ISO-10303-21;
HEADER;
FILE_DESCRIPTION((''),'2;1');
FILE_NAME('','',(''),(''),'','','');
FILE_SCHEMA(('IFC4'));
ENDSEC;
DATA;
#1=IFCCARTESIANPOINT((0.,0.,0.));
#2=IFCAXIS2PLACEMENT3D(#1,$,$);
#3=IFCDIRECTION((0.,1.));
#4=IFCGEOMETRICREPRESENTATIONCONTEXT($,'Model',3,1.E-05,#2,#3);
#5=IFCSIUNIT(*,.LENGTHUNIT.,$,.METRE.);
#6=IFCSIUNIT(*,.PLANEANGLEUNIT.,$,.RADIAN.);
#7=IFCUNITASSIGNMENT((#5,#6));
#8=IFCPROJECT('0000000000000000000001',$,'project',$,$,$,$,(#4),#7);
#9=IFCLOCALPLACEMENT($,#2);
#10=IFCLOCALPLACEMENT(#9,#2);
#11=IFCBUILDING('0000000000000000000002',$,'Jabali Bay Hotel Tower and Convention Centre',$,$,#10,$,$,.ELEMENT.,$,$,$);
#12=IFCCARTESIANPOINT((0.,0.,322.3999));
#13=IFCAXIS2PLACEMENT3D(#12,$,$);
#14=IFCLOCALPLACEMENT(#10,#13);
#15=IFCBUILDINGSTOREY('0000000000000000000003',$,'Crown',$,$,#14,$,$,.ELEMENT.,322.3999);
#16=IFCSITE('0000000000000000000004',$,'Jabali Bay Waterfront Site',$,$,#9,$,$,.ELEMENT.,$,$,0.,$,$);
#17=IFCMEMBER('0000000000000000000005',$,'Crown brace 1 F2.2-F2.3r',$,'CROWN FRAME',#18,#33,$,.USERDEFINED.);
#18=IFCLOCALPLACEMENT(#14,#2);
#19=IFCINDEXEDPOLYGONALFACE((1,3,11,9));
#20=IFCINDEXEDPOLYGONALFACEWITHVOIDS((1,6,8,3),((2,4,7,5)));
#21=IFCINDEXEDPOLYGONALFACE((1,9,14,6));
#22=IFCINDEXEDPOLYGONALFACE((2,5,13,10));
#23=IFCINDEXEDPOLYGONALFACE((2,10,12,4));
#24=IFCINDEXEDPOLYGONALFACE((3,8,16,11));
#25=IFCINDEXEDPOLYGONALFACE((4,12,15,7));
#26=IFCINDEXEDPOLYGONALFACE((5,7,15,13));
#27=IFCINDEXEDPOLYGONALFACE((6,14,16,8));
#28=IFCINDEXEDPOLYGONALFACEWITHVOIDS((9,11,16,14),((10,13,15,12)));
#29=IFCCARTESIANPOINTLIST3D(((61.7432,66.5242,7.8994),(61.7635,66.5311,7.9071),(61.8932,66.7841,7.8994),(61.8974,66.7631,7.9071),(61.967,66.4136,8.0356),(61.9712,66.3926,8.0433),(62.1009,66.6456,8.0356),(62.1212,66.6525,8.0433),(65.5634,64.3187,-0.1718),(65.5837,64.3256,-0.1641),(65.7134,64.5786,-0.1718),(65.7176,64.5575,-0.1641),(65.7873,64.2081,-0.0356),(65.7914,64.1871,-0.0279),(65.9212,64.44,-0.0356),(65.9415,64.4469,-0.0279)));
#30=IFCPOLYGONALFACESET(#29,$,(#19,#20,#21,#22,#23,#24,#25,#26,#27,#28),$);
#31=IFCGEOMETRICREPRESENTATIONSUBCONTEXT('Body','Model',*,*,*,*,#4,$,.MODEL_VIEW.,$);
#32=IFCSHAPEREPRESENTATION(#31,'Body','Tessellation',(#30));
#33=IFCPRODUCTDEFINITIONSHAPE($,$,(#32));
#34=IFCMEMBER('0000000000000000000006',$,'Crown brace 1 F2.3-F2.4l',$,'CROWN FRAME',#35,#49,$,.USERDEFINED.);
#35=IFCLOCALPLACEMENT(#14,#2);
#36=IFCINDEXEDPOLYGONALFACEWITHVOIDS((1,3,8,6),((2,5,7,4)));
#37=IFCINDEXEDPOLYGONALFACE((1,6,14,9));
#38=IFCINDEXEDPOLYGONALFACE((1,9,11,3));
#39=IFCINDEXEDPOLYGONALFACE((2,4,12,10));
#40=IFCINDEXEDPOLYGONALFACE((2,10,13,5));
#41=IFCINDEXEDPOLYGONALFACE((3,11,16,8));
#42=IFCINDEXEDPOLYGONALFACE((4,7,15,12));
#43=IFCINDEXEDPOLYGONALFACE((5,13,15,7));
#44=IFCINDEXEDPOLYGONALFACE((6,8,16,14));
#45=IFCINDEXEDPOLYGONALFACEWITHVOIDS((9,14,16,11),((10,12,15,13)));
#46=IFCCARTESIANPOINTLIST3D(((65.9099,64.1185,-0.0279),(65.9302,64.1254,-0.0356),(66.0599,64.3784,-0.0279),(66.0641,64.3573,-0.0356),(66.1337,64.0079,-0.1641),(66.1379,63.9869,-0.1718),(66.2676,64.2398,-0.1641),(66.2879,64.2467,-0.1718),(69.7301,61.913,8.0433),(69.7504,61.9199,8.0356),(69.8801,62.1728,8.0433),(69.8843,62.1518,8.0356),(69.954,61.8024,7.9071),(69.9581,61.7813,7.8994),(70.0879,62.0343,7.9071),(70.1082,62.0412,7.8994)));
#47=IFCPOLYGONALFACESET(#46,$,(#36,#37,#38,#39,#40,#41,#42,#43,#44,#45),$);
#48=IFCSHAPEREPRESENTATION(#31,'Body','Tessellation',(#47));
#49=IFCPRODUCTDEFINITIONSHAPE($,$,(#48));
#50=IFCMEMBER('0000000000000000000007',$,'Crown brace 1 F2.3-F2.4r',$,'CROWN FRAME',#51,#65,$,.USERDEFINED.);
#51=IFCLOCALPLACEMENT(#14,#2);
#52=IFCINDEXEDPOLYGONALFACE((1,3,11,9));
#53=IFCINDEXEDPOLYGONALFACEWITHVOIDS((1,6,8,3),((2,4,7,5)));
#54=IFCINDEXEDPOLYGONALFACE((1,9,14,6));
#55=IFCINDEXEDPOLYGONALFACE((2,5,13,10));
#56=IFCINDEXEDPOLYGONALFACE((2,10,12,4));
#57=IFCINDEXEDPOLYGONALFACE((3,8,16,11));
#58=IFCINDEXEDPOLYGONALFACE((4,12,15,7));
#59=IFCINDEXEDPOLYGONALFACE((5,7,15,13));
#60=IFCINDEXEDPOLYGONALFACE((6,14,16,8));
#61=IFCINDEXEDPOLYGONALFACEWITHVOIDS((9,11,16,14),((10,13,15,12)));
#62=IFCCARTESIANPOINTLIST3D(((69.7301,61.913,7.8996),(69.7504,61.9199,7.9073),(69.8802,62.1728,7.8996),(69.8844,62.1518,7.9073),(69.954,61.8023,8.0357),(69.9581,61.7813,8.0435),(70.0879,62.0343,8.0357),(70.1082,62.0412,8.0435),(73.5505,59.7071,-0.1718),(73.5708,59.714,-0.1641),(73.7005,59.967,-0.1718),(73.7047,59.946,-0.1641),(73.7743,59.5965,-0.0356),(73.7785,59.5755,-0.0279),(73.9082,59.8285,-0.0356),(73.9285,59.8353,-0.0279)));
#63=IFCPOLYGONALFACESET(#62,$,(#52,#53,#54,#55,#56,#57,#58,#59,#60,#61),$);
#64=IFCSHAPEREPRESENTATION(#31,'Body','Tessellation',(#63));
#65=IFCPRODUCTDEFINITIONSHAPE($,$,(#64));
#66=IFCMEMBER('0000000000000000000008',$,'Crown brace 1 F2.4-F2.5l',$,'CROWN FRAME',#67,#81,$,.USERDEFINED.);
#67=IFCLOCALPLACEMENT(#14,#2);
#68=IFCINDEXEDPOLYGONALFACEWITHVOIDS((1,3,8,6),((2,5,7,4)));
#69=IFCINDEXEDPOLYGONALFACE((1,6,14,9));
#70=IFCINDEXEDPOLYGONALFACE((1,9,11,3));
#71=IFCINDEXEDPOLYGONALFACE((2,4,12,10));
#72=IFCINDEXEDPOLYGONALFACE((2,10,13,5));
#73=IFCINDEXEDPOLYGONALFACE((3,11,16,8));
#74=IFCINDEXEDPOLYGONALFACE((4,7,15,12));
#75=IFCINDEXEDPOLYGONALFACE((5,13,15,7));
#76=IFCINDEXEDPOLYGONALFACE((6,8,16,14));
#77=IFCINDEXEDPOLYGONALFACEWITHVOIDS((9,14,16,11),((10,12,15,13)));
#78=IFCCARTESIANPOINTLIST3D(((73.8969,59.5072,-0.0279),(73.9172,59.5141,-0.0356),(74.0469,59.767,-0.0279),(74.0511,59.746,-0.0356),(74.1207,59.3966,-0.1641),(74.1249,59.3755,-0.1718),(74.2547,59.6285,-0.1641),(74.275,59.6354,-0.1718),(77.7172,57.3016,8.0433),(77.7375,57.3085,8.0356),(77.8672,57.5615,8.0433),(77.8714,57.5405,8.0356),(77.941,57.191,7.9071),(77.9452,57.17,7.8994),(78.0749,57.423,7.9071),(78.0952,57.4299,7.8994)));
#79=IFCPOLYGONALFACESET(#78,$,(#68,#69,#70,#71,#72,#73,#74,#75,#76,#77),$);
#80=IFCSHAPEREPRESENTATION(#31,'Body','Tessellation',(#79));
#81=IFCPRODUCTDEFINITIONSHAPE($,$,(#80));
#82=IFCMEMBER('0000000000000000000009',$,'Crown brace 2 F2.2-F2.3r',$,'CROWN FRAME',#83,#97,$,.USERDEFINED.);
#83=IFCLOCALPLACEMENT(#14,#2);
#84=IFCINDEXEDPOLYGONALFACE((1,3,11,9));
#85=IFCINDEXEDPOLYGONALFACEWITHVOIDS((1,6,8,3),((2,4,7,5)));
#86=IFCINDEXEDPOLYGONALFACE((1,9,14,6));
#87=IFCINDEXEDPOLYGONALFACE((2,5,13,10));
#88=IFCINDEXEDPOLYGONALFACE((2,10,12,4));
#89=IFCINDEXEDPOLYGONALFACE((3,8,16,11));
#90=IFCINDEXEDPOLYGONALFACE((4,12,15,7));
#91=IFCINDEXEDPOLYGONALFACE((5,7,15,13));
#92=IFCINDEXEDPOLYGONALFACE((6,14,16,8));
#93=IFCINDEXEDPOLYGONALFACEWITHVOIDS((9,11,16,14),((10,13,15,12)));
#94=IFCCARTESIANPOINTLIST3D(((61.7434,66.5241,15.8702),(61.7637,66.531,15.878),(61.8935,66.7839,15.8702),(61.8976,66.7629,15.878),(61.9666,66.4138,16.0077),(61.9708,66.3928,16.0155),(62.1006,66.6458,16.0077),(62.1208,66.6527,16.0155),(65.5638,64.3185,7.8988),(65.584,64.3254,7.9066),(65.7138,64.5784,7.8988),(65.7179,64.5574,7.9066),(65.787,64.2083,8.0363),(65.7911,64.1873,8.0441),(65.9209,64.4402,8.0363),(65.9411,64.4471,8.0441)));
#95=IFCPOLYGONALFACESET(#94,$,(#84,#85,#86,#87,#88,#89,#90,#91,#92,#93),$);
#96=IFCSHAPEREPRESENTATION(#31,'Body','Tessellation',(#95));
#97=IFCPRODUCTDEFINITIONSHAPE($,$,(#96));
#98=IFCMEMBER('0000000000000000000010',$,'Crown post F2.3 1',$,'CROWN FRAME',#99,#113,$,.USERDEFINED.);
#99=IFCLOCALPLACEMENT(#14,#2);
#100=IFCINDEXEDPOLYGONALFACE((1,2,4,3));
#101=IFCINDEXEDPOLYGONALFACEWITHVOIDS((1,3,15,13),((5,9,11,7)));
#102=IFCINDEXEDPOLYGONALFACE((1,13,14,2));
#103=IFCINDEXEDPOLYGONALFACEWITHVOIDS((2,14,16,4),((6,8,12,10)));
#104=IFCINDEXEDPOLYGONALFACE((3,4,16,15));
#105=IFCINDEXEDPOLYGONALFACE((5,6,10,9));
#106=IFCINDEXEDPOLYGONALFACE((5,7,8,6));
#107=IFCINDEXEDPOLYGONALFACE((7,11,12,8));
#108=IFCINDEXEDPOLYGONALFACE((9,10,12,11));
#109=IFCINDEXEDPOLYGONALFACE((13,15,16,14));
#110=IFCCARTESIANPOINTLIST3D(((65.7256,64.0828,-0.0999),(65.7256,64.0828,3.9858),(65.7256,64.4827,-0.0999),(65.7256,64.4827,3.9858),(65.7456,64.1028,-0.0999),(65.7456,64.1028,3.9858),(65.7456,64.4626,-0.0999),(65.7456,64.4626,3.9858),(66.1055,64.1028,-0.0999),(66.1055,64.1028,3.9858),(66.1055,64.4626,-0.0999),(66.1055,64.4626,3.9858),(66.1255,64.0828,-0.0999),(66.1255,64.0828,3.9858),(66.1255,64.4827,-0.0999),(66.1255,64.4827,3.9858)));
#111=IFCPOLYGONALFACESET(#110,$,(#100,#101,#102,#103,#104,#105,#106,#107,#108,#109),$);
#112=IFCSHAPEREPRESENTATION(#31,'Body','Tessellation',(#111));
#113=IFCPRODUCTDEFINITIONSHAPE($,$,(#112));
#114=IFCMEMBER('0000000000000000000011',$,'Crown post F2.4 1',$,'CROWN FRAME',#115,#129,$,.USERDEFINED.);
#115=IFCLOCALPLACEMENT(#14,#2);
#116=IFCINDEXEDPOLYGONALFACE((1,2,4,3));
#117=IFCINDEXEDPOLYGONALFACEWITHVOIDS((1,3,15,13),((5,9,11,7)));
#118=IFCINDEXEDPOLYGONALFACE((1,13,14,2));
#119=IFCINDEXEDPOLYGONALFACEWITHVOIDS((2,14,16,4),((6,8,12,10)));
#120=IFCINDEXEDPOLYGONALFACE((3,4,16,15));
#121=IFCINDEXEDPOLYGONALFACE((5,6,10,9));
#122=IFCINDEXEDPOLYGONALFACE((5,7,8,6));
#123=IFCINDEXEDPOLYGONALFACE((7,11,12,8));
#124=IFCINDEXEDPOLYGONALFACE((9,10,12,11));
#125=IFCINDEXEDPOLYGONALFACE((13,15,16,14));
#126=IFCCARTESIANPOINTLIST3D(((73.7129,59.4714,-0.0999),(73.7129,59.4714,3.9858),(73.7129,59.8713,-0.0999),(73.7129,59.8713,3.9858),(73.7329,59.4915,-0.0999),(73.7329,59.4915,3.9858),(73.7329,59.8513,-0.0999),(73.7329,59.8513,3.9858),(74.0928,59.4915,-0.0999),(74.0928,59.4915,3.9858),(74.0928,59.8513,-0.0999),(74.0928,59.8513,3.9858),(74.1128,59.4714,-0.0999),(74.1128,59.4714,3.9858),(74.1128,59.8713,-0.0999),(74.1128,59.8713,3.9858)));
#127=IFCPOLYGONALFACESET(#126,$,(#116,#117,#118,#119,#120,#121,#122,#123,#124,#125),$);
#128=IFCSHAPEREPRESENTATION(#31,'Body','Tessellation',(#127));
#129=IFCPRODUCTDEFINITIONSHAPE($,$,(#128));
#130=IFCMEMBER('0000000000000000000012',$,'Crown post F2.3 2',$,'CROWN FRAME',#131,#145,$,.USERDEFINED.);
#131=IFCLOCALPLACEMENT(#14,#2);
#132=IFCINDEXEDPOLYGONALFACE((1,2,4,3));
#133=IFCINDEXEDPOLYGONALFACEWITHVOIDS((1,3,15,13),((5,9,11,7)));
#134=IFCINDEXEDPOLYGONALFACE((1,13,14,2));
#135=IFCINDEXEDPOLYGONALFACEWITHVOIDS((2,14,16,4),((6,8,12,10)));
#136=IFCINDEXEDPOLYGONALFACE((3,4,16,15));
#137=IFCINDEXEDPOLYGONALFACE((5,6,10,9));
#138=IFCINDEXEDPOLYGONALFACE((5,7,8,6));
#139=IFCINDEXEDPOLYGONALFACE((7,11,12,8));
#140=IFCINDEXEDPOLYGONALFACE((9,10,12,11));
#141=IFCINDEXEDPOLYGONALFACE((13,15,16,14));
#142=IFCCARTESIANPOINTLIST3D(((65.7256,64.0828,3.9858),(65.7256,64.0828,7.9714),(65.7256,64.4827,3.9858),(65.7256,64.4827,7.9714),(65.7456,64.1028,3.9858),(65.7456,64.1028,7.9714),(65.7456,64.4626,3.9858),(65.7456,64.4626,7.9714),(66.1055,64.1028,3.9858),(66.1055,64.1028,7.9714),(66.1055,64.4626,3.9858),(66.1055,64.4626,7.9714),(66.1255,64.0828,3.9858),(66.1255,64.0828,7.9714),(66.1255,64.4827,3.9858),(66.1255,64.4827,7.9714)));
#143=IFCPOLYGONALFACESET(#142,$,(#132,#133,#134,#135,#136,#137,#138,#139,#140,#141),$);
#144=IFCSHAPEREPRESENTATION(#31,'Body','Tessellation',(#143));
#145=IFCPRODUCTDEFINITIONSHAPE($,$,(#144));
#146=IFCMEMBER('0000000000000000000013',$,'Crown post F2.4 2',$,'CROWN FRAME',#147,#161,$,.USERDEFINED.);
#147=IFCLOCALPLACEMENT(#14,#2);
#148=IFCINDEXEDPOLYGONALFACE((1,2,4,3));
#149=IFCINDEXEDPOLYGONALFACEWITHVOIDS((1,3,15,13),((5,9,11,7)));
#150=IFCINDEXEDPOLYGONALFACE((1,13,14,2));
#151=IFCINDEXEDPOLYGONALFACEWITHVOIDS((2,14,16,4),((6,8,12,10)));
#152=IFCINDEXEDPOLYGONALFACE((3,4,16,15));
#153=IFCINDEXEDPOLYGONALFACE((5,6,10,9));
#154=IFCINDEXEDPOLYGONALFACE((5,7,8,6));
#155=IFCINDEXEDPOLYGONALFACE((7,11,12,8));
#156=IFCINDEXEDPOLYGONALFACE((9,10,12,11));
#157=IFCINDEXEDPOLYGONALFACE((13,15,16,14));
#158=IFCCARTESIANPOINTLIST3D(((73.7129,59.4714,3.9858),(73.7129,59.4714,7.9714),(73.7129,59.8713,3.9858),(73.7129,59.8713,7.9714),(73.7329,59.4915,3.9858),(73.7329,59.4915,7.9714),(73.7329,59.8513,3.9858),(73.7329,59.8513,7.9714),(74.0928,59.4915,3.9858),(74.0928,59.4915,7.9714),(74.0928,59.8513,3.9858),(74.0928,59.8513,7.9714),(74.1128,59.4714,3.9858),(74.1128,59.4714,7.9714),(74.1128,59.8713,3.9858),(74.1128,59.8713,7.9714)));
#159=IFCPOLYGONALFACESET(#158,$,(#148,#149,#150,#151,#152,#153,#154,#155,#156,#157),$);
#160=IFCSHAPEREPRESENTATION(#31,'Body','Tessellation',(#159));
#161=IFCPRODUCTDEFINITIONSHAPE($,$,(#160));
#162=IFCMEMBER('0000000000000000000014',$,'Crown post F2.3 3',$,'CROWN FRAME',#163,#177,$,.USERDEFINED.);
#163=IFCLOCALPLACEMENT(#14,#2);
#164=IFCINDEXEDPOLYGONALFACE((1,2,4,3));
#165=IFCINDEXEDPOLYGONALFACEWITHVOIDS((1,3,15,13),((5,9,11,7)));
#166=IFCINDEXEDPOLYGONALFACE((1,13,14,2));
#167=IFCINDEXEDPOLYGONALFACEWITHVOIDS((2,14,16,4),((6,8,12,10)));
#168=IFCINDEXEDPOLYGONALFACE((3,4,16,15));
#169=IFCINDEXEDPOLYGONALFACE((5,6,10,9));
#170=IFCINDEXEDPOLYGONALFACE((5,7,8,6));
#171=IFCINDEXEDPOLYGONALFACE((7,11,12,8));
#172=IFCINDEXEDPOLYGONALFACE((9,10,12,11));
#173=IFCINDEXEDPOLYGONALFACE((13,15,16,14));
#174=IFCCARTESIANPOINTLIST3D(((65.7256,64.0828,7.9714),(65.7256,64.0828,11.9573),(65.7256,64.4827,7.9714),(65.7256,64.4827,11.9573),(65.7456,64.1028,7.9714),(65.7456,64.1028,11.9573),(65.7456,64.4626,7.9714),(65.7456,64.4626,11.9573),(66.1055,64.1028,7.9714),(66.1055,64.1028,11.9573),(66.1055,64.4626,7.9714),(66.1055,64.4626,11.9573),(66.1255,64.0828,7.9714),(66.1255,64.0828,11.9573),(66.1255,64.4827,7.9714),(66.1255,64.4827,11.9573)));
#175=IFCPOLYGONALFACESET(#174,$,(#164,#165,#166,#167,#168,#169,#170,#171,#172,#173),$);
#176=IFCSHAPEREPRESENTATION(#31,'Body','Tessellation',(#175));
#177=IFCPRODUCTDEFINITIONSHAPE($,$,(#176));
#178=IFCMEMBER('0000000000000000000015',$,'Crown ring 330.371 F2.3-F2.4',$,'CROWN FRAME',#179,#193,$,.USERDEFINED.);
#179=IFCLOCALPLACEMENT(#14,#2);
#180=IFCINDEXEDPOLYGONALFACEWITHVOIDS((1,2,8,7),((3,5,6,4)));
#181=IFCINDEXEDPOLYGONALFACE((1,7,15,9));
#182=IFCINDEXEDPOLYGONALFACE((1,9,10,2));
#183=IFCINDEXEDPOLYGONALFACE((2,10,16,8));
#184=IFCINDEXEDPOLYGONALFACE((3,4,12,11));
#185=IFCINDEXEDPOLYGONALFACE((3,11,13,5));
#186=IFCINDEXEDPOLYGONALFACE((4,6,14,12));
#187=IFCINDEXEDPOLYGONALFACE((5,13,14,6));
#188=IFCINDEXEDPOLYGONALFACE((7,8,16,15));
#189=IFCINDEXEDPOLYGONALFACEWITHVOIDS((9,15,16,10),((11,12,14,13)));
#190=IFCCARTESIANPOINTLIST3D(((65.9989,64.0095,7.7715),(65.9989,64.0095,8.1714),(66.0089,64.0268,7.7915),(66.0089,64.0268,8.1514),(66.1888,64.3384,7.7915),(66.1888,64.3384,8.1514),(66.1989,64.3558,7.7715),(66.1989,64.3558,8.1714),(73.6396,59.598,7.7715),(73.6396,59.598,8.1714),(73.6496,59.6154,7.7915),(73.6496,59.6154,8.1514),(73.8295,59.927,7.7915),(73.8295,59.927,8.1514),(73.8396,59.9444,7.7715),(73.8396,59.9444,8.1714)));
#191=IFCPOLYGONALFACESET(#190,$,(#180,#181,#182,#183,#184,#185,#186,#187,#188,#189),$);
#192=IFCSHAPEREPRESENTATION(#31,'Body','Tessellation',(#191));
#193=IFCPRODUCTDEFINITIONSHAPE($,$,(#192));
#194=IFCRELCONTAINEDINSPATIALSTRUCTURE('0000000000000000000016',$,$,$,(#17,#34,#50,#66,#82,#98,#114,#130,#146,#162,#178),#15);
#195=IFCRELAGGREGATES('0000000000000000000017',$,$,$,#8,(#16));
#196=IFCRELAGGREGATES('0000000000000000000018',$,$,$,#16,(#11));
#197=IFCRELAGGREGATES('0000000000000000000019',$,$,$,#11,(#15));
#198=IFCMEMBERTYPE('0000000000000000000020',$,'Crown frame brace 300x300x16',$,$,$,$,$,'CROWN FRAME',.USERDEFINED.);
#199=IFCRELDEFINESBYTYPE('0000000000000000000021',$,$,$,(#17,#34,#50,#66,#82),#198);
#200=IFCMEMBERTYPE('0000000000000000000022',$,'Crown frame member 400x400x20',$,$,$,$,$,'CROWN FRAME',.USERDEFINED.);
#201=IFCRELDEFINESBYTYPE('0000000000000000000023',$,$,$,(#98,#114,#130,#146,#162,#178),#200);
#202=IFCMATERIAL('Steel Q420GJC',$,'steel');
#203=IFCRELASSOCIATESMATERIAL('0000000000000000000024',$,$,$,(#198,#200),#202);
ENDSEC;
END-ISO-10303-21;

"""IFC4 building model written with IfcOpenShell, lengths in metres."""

from ifc_helpers import new_model, si_unit, direction, frame, origin, origin_2d, place, context, subcontext, project, spatial, hollow_rectangle, extrude, material, material_profile, profile_set, type_object, element, save


model = new_model("IFC4")

# Units and contexts
model_context = context("Model", 3, precision=1e-05, world=origin(), true_north=direction((0.0, 1.0)))
body_context = subcontext(model_context, "Body", "Model", "MODEL_VIEW")
ifc_project = project(units=[si_unit("LENGTHUNIT", "METRE"), si_unit("PLANEANGLEUNIT", "RADIAN")], contexts=[model_context])

# Site, building, storey
site_placement = place(None, origin())
site = spatial("IfcSite", under=ifc_project, at=site_placement, Name="Jabali Bay Waterfront Site", CompositionType="ELEMENT", RefElevation=0.0)
building_placement = place(site_placement, origin())
building = spatial("IfcBuilding", under=site, at=building_placement, Name="Jabali Bay Hotel Tower and Convention Centre", CompositionType="ELEMENT")
storey_placement = place(building_placement, frame((0.0, 0.0, 322.3999)))
storey = spatial("IfcBuildingStorey", under=building, at=storey_placement, Name="Crown", CompositionType="ELEMENT", Elevation=322.3999)

# Members
ifc_material_1 = material(Name="Steel Q420GJC", Category="steel")
ifc_material_profile_1 = material_profile(ifc_material_1, hollow_rectangle(XDim=0.3, YDim=0.3, WallThickness=0.0161, at=origin_2d()), Name="Crown frame brace 300x300x16")
ifc_profile_set_1 = profile_set([ifc_material_profile_1], Name="Steel Q420GJC")
member_type_1 = type_object("IfcMemberType", Name="Crown frame brace 300x300x16", ElementType="CROWN FRAME", PredefinedType="USERDEFINED", material=ifc_profile_set_1)
for number, where, z_axis, x_axis, name in (
    (1, (65.7524, 64.3828, -0.0999), (-0.415337, 0.239785, 0.877495), (-0.499984, -0.866034, 0.0), "Crown brace 1 F2.2-F2.3r"),
    (2, (66.0989, 64.1826, -0.0999), (0.415337, -0.239785, 0.877495), (0.499984, 0.866034, 0.0), "Crown brace 1 F2.3-F2.4l"),
):
    element("IfcMember", number, at=place(storey_placement, frame(where, z_axis=z_axis, x_axis=x_axis)), inside=storey, type_object=member_type_1, Name=name, ObjectType="CROWN FRAME", PredefinedType="USERDEFINED", context=body_context, shape_type="SweptSolid", body=[
        extrude(hollow_rectangle(XDim=0.3, YDim=0.3, WallThickness=0.0161, at=origin_2d()), origin(), (0.0, 0.0, 1.0), 9.198),
    ])
member_1_placement = place(storey_placement, frame((73.7395, 59.7712, -0.0999), z_axis=(-0.415335, 0.23981, 0.87749), x_axis=(-0.500026, -0.86601, 0.0)))
element("IfcMember", 3, at=member_1_placement, inside=storey, type_object=member_type_1, Name="Crown brace 1 F2.3-F2.4r", ObjectType="CROWN FRAME", PredefinedType="USERDEFINED", context=body_context, shape_type="SweptSolid", body=[
    extrude(hollow_rectangle(XDim=0.3, YDim=0.3, WallThickness=0.0161, at=origin_2d()), origin(), (0.0, 0.0, 1.0), 9.1982),
])
member_2_placement = place(storey_placement, frame((74.0859, 59.5713, -0.0999), z_axis=(0.415337, -0.239785, 0.877495), x_axis=(0.499984, 0.866034, 0.0)))
element("IfcMember", 4, at=member_2_placement, inside=storey, type_object=member_type_1, Name="Crown brace 1 F2.4-F2.5l", ObjectType="CROWN FRAME", PredefinedType="USERDEFINED", context=body_context, shape_type="SweptSolid", body=[
    extrude(hollow_rectangle(XDim=0.3, YDim=0.3, WallThickness=0.0161, at=origin_2d()), origin(), (0.0, 0.0, 1.0), 9.198),
])
member_3_placement = place(storey_placement, frame((65.7524, 64.3828, 7.9714), z_axis=(-0.419326, 0.242088, 0.874962), x_axis=(-0.499984, -0.866034, 0.0)))
element("IfcMember", 5, at=member_3_placement, inside=storey, type_object=member_type_1, Name="Crown brace 2 F2.2-F2.3r", ObjectType="CROWN FRAME", PredefinedType="USERDEFINED", context=body_context, shape_type="SweptSolid", body=[
    extrude(hollow_rectangle(XDim=0.3, YDim=0.3, WallThickness=0.0161, at=origin_2d()), origin(), (0.0, 0.0, 1.0), 9.1106),
])
ifc_material_profile_2 = material_profile(ifc_material_1, hollow_rectangle(XDim=0.3999, YDim=0.3999, WallThickness=0.02, at=origin_2d()), Name="Crown frame member 400x400x20")
ifc_profile_set_2 = profile_set([ifc_material_profile_2], Name="Steel Q420GJC")
member_type_2 = type_object("IfcMemberType", Name="Crown frame member 400x400x20", ElementType="CROWN FRAME", PredefinedType="USERDEFINED", material=ifc_profile_set_2)
for number, where, z_axis, x_axis, name in (
    (6, (65.9255, 64.2827, -0.0999), (0.0, 0.0, 1.0), (1.0, 0.0, 0.0), "Crown post F2.3 1"),
    (7, (73.9128, 59.6714, -0.0999), (0.0, 0.0, 1.0), (1.0, 0.0, 0.0), "Crown post F2.4 1"),
):
    element("IfcMember", number, at=place(storey_placement, frame(where, z_axis=z_axis, x_axis=x_axis)), inside=storey, type_object=member_type_2, Name=name, ObjectType="CROWN FRAME", PredefinedType="USERDEFINED", context=body_context, shape_type="SweptSolid", body=[
        extrude(hollow_rectangle(XDim=0.3999, YDim=0.3999, WallThickness=0.02, at=origin_2d()), origin(), (0.0, 0.0, 1.0), 4.0857),
    ])
for number, where, z_axis, x_axis, name in (
    (8, (65.9255, 64.2827, 3.9858), (0.0, 0.0, 1.0), (1.0, 0.0, 0.0), "Crown post F2.3 2"),
    (9, (73.9128, 59.6714, 3.9858), (0.0, 0.0, 1.0), (1.0, 0.0, 0.0), "Crown post F2.4 2"),
):
    element("IfcMember", number, at=place(storey_placement, frame(where, z_axis=z_axis, x_axis=x_axis)), inside=storey, type_object=member_type_2, Name=name, ObjectType="CROWN FRAME", PredefinedType="USERDEFINED", context=body_context, shape_type="SweptSolid", body=[
        extrude(hollow_rectangle(XDim=0.3999, YDim=0.3999, WallThickness=0.02, at=origin_2d()), origin(), (0.0, 0.0, 1.0), 3.9856),
    ])
member_4_placement = place(storey_placement, frame((65.9255, 64.2827, 7.9714), z_axis=(0.0, 0.0, 1.0), x_axis=(1.0, 0.0, 0.0)))
element("IfcMember", 10, at=member_4_placement, inside=storey, type_object=member_type_2, Name="Crown post F2.3 3", ObjectType="CROWN FRAME", PredefinedType="USERDEFINED", context=body_context, shape_type="SweptSolid", body=[
    extrude(hollow_rectangle(XDim=0.3999, YDim=0.3999, WallThickness=0.02, at=origin_2d()), origin(), (0.0, 0.0, 1.0), 3.9858),
])
member_5_placement = place(storey_placement, frame((66.0989, 64.1826, 7.9714), z_axis=(0.866022, -0.500005, 0.0), x_axis=(0.500005, 0.866022, 0.0)))
element("IfcMember", 11, at=member_5_placement, inside=storey, type_object=member_type_2, Name="Crown ring 330.371 F2.3-F2.4", ObjectType="CROWN FRAME", PredefinedType="USERDEFINED", context=body_context, shape_type="SweptSolid", body=[
    extrude(hollow_rectangle(XDim=0.3999, YDim=0.3999, WallThickness=0.02, at=origin_2d()), origin(), (0.0, 0.0, 1.0), 8.8228),
])

save(model, "model.ifc")
